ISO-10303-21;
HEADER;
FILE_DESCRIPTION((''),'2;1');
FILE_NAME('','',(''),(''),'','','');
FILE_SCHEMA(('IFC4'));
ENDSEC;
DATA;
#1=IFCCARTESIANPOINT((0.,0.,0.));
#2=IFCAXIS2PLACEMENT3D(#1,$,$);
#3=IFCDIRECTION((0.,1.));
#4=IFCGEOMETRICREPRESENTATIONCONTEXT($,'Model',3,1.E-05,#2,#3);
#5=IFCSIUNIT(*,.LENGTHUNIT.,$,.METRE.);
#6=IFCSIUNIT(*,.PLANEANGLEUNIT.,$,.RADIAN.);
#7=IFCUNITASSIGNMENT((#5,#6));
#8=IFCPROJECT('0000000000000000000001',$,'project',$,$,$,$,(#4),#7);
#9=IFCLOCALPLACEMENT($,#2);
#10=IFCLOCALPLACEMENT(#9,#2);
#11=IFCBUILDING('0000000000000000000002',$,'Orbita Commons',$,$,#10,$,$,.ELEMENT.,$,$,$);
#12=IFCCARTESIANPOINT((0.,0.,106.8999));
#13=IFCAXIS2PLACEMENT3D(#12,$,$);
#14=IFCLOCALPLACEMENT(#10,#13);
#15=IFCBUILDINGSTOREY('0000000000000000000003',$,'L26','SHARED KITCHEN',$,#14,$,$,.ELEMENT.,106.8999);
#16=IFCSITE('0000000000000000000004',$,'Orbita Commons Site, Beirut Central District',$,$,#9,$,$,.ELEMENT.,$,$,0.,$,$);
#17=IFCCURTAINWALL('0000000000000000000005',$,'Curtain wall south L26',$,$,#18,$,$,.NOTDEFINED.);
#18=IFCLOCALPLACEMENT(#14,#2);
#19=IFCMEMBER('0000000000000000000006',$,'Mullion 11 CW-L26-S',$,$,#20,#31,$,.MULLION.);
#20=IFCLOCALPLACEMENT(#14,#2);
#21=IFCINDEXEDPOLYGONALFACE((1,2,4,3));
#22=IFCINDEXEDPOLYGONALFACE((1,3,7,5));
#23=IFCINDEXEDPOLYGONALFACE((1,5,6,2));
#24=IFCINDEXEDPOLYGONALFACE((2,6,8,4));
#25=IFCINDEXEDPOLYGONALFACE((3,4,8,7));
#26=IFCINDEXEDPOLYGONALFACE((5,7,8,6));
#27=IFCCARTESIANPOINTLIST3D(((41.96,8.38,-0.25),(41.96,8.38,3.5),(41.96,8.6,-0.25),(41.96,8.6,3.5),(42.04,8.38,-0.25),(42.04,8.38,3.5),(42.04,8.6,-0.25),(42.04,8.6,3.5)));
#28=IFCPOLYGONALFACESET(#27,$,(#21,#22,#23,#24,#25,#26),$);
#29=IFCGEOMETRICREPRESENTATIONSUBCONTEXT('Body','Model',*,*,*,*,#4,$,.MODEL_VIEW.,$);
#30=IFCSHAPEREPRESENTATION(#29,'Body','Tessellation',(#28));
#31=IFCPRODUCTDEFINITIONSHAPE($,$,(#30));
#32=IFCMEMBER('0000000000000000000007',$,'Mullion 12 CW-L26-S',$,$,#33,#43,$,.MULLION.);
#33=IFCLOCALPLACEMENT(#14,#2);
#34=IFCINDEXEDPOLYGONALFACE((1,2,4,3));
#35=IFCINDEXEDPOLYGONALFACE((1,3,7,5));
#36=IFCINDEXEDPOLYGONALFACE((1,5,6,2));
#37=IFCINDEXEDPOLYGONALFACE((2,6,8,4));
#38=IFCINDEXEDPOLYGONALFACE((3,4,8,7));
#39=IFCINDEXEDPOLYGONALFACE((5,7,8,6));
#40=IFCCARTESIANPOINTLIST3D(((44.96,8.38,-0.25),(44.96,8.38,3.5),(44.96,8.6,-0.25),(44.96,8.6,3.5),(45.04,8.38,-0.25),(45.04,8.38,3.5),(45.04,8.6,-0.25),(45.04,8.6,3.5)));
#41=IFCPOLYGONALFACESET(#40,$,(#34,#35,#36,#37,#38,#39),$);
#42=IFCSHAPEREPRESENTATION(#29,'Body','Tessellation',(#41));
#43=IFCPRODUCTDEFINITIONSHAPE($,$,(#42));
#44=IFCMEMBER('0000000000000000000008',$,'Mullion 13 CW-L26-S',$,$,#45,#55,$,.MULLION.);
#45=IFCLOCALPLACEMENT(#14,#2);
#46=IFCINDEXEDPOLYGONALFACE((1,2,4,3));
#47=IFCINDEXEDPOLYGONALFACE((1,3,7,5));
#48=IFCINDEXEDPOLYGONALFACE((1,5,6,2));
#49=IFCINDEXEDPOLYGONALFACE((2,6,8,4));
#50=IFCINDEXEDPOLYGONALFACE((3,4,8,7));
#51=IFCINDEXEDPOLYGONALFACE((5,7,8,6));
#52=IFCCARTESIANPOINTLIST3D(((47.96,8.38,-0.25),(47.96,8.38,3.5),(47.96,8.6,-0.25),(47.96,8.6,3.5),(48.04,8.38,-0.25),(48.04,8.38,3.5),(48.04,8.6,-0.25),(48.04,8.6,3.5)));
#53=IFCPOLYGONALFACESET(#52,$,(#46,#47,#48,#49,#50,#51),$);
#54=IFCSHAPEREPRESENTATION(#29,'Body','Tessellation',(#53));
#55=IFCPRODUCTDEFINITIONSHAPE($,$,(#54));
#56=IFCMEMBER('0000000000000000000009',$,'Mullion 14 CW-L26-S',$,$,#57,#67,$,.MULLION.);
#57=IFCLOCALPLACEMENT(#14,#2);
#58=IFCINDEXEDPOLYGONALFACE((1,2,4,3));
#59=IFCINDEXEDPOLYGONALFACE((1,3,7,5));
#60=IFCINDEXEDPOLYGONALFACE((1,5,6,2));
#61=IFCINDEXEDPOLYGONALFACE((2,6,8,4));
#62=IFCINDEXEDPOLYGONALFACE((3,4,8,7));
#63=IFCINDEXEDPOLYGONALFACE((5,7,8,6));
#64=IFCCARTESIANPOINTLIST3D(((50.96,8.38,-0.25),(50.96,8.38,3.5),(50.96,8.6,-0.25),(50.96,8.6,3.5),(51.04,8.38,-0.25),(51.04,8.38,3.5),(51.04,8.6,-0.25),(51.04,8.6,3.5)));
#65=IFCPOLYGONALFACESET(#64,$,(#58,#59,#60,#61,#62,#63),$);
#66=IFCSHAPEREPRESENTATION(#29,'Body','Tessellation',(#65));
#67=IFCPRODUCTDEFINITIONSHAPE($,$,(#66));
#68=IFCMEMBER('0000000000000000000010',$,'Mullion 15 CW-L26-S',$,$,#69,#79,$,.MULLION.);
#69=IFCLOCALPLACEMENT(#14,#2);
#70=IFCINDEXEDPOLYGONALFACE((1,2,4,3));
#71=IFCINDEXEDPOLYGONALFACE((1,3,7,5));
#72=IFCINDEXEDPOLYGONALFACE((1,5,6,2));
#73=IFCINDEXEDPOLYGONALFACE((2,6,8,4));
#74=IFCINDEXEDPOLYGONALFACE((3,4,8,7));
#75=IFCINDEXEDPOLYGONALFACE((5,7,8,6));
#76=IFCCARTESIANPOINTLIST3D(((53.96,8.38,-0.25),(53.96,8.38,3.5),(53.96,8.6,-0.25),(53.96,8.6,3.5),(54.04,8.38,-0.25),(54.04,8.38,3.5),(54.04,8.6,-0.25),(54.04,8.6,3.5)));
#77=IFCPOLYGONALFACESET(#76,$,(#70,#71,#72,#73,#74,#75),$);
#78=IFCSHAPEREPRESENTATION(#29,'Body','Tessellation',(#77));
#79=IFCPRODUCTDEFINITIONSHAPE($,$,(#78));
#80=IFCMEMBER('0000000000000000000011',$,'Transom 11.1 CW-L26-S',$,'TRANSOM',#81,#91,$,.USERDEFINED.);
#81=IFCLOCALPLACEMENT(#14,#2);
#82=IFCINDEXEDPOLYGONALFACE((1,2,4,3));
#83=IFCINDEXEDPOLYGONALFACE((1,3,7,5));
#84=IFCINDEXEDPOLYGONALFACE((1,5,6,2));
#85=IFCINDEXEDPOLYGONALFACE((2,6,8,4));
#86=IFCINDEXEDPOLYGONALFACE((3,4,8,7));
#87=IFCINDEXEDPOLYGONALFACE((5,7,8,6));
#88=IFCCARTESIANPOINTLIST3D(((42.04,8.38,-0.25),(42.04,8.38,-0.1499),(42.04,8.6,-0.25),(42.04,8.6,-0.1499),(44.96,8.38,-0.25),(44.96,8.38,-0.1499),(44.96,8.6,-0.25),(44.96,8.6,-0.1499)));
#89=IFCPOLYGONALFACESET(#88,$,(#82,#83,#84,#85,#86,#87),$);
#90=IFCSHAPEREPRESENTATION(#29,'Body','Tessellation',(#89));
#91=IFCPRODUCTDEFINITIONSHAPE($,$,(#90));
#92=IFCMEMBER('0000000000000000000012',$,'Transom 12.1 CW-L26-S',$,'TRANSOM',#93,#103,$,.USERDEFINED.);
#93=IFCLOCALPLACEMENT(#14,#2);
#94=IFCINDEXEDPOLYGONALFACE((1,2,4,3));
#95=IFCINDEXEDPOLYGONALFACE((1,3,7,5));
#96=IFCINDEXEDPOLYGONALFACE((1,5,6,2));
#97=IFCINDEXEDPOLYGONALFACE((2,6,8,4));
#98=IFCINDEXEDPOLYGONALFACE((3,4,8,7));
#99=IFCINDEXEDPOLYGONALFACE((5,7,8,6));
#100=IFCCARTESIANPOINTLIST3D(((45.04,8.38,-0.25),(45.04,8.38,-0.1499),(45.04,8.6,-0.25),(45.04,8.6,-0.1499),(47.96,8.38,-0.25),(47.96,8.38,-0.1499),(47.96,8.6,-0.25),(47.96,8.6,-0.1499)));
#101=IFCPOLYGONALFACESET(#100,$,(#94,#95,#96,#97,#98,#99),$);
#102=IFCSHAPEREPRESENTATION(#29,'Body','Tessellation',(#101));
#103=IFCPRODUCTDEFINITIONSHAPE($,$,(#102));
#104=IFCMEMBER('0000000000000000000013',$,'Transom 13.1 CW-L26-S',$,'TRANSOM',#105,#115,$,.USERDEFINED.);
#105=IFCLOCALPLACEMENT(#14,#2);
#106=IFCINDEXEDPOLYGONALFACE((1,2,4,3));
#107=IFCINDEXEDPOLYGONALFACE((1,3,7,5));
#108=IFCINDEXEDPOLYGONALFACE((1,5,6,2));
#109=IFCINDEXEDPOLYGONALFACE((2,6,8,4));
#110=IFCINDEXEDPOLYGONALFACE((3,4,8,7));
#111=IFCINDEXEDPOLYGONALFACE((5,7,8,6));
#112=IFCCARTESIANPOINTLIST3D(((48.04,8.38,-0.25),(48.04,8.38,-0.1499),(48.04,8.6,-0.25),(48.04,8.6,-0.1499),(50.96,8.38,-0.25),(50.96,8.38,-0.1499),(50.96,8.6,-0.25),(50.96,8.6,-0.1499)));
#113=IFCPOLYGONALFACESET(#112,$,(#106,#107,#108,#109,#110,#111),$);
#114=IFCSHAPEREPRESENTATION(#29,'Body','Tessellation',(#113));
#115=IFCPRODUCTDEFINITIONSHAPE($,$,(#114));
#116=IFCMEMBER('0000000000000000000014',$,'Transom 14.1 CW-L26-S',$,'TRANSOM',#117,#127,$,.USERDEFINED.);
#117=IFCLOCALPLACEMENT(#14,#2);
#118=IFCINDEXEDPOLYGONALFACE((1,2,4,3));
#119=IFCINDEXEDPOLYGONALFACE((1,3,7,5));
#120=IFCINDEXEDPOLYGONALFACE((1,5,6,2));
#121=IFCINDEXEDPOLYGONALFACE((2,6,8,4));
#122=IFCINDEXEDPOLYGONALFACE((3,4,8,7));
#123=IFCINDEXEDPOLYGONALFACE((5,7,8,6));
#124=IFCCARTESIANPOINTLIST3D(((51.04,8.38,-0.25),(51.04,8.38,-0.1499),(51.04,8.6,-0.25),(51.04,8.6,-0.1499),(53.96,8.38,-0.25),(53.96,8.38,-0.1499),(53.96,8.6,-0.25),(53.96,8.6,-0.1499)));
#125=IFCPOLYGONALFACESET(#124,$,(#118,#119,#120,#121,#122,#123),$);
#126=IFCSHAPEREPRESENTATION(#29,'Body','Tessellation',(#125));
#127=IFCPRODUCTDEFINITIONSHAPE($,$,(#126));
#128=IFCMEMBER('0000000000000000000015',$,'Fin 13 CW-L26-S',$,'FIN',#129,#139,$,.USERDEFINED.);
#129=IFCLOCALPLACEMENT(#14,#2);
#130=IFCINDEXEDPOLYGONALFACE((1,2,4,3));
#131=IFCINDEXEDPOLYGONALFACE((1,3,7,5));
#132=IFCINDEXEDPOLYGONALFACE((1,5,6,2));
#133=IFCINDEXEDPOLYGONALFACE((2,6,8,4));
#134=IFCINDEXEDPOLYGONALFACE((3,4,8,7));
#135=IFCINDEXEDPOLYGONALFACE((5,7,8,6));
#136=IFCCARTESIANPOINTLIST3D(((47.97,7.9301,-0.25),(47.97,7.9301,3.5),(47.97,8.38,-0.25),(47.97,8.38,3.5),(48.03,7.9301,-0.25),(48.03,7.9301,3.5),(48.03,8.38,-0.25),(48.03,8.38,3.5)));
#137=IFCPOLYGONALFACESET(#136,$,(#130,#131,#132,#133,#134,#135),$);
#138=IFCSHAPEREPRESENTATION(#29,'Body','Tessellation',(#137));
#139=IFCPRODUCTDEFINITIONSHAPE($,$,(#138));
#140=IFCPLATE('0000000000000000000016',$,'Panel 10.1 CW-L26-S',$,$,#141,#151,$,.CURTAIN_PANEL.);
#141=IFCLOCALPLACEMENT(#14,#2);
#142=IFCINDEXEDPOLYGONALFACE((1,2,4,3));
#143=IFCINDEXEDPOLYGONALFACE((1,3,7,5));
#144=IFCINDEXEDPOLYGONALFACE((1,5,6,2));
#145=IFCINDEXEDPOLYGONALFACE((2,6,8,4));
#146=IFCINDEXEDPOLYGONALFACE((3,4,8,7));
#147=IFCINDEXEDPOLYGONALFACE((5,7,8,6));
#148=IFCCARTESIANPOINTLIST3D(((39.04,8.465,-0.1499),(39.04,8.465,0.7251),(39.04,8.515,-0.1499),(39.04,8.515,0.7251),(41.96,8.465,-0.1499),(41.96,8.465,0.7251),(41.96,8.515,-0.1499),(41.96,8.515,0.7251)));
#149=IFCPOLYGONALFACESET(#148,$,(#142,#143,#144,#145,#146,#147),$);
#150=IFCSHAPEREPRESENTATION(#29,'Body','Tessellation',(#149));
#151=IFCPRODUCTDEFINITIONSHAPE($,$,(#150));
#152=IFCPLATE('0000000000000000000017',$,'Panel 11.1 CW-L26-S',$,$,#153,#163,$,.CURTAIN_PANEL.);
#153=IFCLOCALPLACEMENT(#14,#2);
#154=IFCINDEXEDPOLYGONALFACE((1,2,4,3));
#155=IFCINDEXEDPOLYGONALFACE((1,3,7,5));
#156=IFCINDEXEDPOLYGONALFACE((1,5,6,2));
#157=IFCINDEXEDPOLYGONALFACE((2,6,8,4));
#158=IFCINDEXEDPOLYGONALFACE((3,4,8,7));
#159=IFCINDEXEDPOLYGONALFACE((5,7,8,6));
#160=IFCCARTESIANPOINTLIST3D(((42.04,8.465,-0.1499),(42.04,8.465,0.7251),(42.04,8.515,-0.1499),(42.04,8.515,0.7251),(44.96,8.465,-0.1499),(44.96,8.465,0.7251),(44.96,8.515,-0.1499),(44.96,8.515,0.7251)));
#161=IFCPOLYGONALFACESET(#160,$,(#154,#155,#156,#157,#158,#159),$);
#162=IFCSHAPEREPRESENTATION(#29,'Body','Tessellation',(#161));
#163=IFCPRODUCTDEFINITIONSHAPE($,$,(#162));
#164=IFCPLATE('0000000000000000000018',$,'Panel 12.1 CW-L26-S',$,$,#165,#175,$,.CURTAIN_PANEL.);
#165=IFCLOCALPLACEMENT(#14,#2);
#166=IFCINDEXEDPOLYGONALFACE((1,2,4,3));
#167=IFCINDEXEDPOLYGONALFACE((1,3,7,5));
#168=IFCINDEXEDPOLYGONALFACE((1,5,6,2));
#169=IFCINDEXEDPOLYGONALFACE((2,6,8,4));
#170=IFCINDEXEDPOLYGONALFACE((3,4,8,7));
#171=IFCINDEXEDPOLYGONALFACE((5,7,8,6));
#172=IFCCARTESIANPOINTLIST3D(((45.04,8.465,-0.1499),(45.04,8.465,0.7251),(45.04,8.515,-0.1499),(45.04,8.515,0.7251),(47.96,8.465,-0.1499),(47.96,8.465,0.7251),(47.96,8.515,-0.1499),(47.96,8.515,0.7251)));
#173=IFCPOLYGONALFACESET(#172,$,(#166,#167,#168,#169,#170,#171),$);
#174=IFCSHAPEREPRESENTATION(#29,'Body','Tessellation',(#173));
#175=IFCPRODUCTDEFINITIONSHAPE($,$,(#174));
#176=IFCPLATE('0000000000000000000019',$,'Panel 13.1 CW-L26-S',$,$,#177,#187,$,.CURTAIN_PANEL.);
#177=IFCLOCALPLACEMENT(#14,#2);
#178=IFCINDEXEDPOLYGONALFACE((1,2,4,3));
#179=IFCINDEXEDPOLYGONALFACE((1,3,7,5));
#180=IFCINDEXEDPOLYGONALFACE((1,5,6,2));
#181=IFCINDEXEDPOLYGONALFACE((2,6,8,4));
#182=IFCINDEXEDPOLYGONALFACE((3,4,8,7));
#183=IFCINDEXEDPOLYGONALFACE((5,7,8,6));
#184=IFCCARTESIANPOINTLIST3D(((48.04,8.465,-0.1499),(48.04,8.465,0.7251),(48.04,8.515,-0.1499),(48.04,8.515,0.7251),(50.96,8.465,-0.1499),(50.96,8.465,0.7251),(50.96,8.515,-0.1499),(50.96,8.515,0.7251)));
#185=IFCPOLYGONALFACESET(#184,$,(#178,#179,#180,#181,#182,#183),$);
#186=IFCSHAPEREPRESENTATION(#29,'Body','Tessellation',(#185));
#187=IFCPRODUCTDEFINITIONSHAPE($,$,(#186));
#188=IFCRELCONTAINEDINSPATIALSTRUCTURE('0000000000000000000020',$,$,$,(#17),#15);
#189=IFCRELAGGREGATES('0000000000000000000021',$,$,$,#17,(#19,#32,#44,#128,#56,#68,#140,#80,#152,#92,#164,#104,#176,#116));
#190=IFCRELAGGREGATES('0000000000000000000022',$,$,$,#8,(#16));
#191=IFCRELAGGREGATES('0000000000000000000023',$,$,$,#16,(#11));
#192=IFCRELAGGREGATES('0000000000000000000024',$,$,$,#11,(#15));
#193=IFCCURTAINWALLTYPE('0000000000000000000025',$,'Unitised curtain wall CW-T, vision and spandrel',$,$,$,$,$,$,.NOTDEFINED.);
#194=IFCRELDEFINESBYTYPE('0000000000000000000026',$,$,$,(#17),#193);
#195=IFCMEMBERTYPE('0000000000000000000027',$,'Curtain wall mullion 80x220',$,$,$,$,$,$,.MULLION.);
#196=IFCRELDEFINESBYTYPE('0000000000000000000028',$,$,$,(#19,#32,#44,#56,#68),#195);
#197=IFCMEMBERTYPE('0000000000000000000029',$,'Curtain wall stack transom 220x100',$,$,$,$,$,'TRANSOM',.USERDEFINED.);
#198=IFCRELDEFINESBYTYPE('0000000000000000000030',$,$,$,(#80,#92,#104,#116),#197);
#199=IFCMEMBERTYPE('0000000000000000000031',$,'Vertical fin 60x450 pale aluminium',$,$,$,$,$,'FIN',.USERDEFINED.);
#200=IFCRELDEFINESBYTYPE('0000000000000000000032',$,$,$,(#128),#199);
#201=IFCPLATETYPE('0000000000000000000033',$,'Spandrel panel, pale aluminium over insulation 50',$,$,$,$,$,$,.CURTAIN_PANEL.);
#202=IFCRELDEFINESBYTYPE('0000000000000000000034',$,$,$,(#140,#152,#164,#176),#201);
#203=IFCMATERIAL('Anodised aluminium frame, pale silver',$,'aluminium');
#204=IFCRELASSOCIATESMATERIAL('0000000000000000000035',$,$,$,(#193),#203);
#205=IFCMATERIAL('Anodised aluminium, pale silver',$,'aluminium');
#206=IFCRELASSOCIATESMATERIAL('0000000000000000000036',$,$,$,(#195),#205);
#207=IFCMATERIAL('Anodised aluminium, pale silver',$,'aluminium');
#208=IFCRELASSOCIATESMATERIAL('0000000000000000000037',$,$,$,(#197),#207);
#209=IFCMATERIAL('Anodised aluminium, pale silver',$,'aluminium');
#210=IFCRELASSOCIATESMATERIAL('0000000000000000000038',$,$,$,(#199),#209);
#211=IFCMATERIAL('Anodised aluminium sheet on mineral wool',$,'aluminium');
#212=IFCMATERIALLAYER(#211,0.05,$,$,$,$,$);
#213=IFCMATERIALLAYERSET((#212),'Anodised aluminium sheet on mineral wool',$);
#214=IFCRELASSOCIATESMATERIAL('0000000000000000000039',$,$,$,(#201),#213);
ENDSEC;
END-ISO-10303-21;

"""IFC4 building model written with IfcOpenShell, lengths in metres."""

from ifc_helpers import new_model, si_unit, direction, frame, origin, origin_2d, place, context, subcontext, project, spatial, rectangle, extrude, material, layer, layer_set, material_profile, profile_set, type_object, element, aggregate, save


model = new_model("IFC4")

# Units and contexts
model_context = context("Model", 3, precision=1e-05, world=origin(), true_north=direction((0.0, 1.0)))
body_context = subcontext(model_context, "Body", "Model", "MODEL_VIEW")
ifc_project = project(units=[si_unit("LENGTHUNIT", "METRE"), si_unit("PLANEANGLEUNIT", "RADIAN")], contexts=[model_context])

# Site, building, storey
site_placement = place(None, origin())
site = spatial("IfcSite", under=ifc_project, at=site_placement, Name="Orbita Commons Site, Beirut Central District", CompositionType="ELEMENT", RefElevation=0.0)
building_placement = place(site_placement, origin())
building = spatial("IfcBuilding", under=site, at=building_placement, Name="Orbita Commons", CompositionType="ELEMENT")
storey_placement = place(building_placement, frame((0.0, 0.0, 106.8999)))
storey = spatial("IfcBuildingStorey", under=building, at=storey_placement, Name="L26", Description="SHARED KITCHEN", CompositionType="ELEMENT", Elevation=106.8999)

# Curtain wall, members, plates
ifc_material_1 = material(Name="Anodised aluminium frame, pale silver", Category="aluminium")
curtain_wall_type = type_object("IfcCurtainWallType", Name="Unitised curtain wall CW-T, vision and spandrel", PredefinedType="NOTDEFINED", material=ifc_material_1)
curtain_wall_placement = place(storey_placement, origin())
curtain_wall = element("IfcCurtainWall", 1, at=curtain_wall_placement, inside=storey, type_object=curtain_wall_type, Name="Curtain wall south L26", PredefinedType="NOTDEFINED")
ifc_material_2 = material(Name="Anodised aluminium, pale silver", Category="aluminium")
ifc_material_profile_1 = material_profile(ifc_material_2, rectangle(XDim=0.0801, YDim=0.22, at=origin_2d()), Name="AL 80x220")
ifc_profile_set_1 = profile_set([ifc_material_profile_1], Name="Anodised aluminium, pale silver")
member_type_1 = type_object("IfcMemberType", Name="Curtain wall mullion 80x220", PredefinedType="MULLION", material=ifc_profile_set_1)
member_1_placement = place(storey_placement, frame((42.0, 8.49, -0.25), z_axis=(0.0, 0.0, 1.0), x_axis=(1.0, 0.0, 0.0)))
member_1 = element("IfcMember", 2, at=member_1_placement, type_object=member_type_1, Name="Mullion 11 CW-L26-S", PredefinedType="MULLION", context=body_context, shape_type="SweptSolid", body=[
    extrude(rectangle(XDim=0.0801, YDim=0.22, at=origin_2d()), origin(), (0.0, 0.0, 1.0), 3.75),
])
member_2_placement = place(storey_placement, frame((45.0, 8.49, -0.25), z_axis=(0.0, 0.0, 1.0), x_axis=(1.0, 0.0, 0.0)))
member_2 = element("IfcMember", 3, at=member_2_placement, type_object=member_type_1, Name="Mullion 12 CW-L26-S", PredefinedType="MULLION", context=body_context, shape_type="SweptSolid", body=[
    extrude(rectangle(XDim=0.0801, YDim=0.22, at=origin_2d()), origin(), (0.0, 0.0, 1.0), 3.75),
])
member_3_placement = place(storey_placement, frame((48.0, 8.49, -0.25), z_axis=(0.0, 0.0, 1.0), x_axis=(1.0, 0.0, 0.0)))
member_3 = element("IfcMember", 4, at=member_3_placement, type_object=member_type_1, Name="Mullion 13 CW-L26-S", PredefinedType="MULLION", context=body_context, shape_type="SweptSolid", body=[
    extrude(rectangle(XDim=0.0801, YDim=0.22, at=origin_2d()), origin(), (0.0, 0.0, 1.0), 3.75),
])
member_4_placement = place(storey_placement, frame((51.0, 8.49, -0.25), z_axis=(0.0, 0.0, 1.0), x_axis=(1.0, 0.0, 0.0)))
member_4 = element("IfcMember", 5, at=member_4_placement, type_object=member_type_1, Name="Mullion 14 CW-L26-S", PredefinedType="MULLION", context=body_context, shape_type="SweptSolid", body=[
    extrude(rectangle(XDim=0.0801, YDim=0.22, at=origin_2d()), origin(), (0.0, 0.0, 1.0), 3.75),
])
member_5_placement = place(storey_placement, frame((54.0, 8.49, -0.25), z_axis=(0.0, 0.0, 1.0), x_axis=(1.0, 0.0, 0.0)))
member_5 = element("IfcMember", 6, at=member_5_placement, type_object=member_type_1, Name="Mullion 15 CW-L26-S", PredefinedType="MULLION", context=body_context, shape_type="SweptSolid", body=[
    extrude(rectangle(XDim=0.0801, YDim=0.22, at=origin_2d()), origin(), (0.0, 0.0, 1.0), 3.75),
])
ifc_material_3 = material(Name="Anodised aluminium, pale silver", Category="aluminium")
ifc_material_profile_2 = material_profile(ifc_material_3, rectangle(XDim=0.22, YDim=0.1001, at=origin_2d()), Name="AL 220x100")
ifc_profile_set_2 = profile_set([ifc_material_profile_2], Name="Anodised aluminium, pale silver")
member_type_2 = type_object("IfcMemberType", Name="Curtain wall stack transom 220x100", ElementType="TRANSOM", PredefinedType="USERDEFINED", material=ifc_profile_set_2)
member_6_placement = place(storey_placement, frame((42.04, 8.49, -0.2), z_axis=(1.0, 0.0, 0.0), x_axis=(0.0, 1.0, 0.0)))
member_6 = element("IfcMember", 7, at=member_6_placement, type_object=member_type_2, Name="Transom 11.1 CW-L26-S", ObjectType="TRANSOM", PredefinedType="USERDEFINED", context=body_context, shape_type="SweptSolid", body=[
    extrude(rectangle(XDim=0.22, YDim=0.1001, at=origin_2d()), origin(), (0.0, 0.0, 1.0), 2.9199),
])
member_7_placement = place(storey_placement, frame((45.04, 8.49, -0.2), z_axis=(1.0, 0.0, 0.0), x_axis=(0.0, 1.0, 0.0)))
member_7 = element("IfcMember", 8, at=member_7_placement, type_object=member_type_2, Name="Transom 12.1 CW-L26-S", ObjectType="TRANSOM", PredefinedType="USERDEFINED", context=body_context, shape_type="SweptSolid", body=[
    extrude(rectangle(XDim=0.22, YDim=0.1001, at=origin_2d()), origin(), (0.0, 0.0, 1.0), 2.9199),
])
member_8_placement = place(storey_placement, frame((48.04, 8.49, -0.2), z_axis=(1.0, 0.0, 0.0), x_axis=(0.0, 1.0, 0.0)))
member_8 = element("IfcMember", 9, at=member_8_placement, type_object=member_type_2, Name="Transom 13.1 CW-L26-S", ObjectType="TRANSOM", PredefinedType="USERDEFINED", context=body_context, shape_type="SweptSolid", body=[
    extrude(rectangle(XDim=0.22, YDim=0.1001, at=origin_2d()), origin(), (0.0, 0.0, 1.0), 2.9199),
])
member_9_placement = place(storey_placement, frame((51.04, 8.49, -0.2), z_axis=(1.0, 0.0, 0.0), x_axis=(0.0, 1.0, 0.0)))
member_9 = element("IfcMember", 10, at=member_9_placement, type_object=member_type_2, Name="Transom 14.1 CW-L26-S", ObjectType="TRANSOM", PredefinedType="USERDEFINED", context=body_context, shape_type="SweptSolid", body=[
    extrude(rectangle(XDim=0.22, YDim=0.1001, at=origin_2d()), origin(), (0.0, 0.0, 1.0), 2.9199),
])
ifc_material_4 = material(Name="Anodised aluminium, pale silver", Category="aluminium")
ifc_material_profile_3 = material_profile(ifc_material_4, rectangle(XDim=0.0601, YDim=0.45, at=origin_2d()), Name="FIN 60x450")
ifc_profile_set_3 = profile_set([ifc_material_profile_3], Name="Anodised aluminium, pale silver")
member_type_3 = type_object("IfcMemberType", Name="Vertical fin 60x450 pale aluminium", ElementType="FIN", PredefinedType="USERDEFINED", material=ifc_profile_set_3)
member_10_placement = place(storey_placement, frame((48.0, 8.155, -0.25), z_axis=(0.0, 0.0, 1.0), x_axis=(1.0, 0.0, 0.0)))
member_10 = element("IfcMember", 11, at=member_10_placement, type_object=member_type_3, Name="Fin 13 CW-L26-S", ObjectType="FIN", PredefinedType="USERDEFINED", context=body_context, shape_type="SweptSolid", body=[
    extrude(rectangle(XDim=0.0601, YDim=0.45, at=origin_2d()), origin(), (0.0, 0.0, 1.0), 3.75),
])
ifc_material_5 = material(Name="Anodised aluminium sheet on mineral wool", Category="aluminium")
ifc_layer_1 = layer(ifc_material_5, 0.05)
ifc_layer_set_1 = layer_set([ifc_layer_1], Name="Anodised aluminium sheet on mineral wool")
plate_type_1 = type_object("IfcPlateType", Name="Spandrel panel, pale aluminium over insulation 50", PredefinedType="CURTAIN_PANEL", material=ifc_layer_set_1)
plate_1_placement = place(storey_placement, frame((40.5, 8.49, -0.1499), z_axis=(0.0, 0.0, 1.0), x_axis=(1.0, 0.0, 0.0)))
plate_1 = element("IfcPlate", 12, at=plate_1_placement, type_object=plate_type_1, Name="Panel 10.1 CW-L26-S", PredefinedType="CURTAIN_PANEL", context=body_context, shape_type="SweptSolid", body=[
    extrude(rectangle(XDim=2.9199, YDim=0.05, at=origin_2d()), origin(), (0.0, 0.0, 1.0), 0.875),
])
plate_2_placement = place(storey_placement, frame((43.5, 8.49, -0.1499), z_axis=(0.0, 0.0, 1.0), x_axis=(1.0, 0.0, 0.0)))
plate_2 = element("IfcPlate", 13, at=plate_2_placement, type_object=plate_type_1, Name="Panel 11.1 CW-L26-S", PredefinedType="CURTAIN_PANEL", context=body_context, shape_type="SweptSolid", body=[
    extrude(rectangle(XDim=2.9199, YDim=0.05, at=origin_2d()), origin(), (0.0, 0.0, 1.0), 0.875),
])
plate_3_placement = place(storey_placement, frame((46.5, 8.49, -0.1499), z_axis=(0.0, 0.0, 1.0), x_axis=(1.0, 0.0, 0.0)))
plate_3 = element("IfcPlate", 14, at=plate_3_placement, type_object=plate_type_1, Name="Panel 12.1 CW-L26-S", PredefinedType="CURTAIN_PANEL", context=body_context, shape_type="SweptSolid", body=[
    extrude(rectangle(XDim=2.9199, YDim=0.05, at=origin_2d()), origin(), (0.0, 0.0, 1.0), 0.875),
])
plate_4_placement = place(storey_placement, frame((49.5, 8.49, -0.1499), z_axis=(0.0, 0.0, 1.0), x_axis=(1.0, 0.0, 0.0)))
plate_4 = element("IfcPlate", 15, at=plate_4_placement, type_object=plate_type_1, Name="Panel 13.1 CW-L26-S", PredefinedType="CURTAIN_PANEL", context=body_context, shape_type="SweptSolid", body=[
    extrude(rectangle(XDim=2.9199, YDim=0.05, at=origin_2d()), origin(), (0.0, 0.0, 1.0), 0.875),
])
aggregate(curtain_wall, [member_1, member_2, member_3, member_10, member_4, member_5, plate_1, member_6, plate_2, member_7, plate_3, member_8, plate_4, member_9])

save(model, "model.ifc")
